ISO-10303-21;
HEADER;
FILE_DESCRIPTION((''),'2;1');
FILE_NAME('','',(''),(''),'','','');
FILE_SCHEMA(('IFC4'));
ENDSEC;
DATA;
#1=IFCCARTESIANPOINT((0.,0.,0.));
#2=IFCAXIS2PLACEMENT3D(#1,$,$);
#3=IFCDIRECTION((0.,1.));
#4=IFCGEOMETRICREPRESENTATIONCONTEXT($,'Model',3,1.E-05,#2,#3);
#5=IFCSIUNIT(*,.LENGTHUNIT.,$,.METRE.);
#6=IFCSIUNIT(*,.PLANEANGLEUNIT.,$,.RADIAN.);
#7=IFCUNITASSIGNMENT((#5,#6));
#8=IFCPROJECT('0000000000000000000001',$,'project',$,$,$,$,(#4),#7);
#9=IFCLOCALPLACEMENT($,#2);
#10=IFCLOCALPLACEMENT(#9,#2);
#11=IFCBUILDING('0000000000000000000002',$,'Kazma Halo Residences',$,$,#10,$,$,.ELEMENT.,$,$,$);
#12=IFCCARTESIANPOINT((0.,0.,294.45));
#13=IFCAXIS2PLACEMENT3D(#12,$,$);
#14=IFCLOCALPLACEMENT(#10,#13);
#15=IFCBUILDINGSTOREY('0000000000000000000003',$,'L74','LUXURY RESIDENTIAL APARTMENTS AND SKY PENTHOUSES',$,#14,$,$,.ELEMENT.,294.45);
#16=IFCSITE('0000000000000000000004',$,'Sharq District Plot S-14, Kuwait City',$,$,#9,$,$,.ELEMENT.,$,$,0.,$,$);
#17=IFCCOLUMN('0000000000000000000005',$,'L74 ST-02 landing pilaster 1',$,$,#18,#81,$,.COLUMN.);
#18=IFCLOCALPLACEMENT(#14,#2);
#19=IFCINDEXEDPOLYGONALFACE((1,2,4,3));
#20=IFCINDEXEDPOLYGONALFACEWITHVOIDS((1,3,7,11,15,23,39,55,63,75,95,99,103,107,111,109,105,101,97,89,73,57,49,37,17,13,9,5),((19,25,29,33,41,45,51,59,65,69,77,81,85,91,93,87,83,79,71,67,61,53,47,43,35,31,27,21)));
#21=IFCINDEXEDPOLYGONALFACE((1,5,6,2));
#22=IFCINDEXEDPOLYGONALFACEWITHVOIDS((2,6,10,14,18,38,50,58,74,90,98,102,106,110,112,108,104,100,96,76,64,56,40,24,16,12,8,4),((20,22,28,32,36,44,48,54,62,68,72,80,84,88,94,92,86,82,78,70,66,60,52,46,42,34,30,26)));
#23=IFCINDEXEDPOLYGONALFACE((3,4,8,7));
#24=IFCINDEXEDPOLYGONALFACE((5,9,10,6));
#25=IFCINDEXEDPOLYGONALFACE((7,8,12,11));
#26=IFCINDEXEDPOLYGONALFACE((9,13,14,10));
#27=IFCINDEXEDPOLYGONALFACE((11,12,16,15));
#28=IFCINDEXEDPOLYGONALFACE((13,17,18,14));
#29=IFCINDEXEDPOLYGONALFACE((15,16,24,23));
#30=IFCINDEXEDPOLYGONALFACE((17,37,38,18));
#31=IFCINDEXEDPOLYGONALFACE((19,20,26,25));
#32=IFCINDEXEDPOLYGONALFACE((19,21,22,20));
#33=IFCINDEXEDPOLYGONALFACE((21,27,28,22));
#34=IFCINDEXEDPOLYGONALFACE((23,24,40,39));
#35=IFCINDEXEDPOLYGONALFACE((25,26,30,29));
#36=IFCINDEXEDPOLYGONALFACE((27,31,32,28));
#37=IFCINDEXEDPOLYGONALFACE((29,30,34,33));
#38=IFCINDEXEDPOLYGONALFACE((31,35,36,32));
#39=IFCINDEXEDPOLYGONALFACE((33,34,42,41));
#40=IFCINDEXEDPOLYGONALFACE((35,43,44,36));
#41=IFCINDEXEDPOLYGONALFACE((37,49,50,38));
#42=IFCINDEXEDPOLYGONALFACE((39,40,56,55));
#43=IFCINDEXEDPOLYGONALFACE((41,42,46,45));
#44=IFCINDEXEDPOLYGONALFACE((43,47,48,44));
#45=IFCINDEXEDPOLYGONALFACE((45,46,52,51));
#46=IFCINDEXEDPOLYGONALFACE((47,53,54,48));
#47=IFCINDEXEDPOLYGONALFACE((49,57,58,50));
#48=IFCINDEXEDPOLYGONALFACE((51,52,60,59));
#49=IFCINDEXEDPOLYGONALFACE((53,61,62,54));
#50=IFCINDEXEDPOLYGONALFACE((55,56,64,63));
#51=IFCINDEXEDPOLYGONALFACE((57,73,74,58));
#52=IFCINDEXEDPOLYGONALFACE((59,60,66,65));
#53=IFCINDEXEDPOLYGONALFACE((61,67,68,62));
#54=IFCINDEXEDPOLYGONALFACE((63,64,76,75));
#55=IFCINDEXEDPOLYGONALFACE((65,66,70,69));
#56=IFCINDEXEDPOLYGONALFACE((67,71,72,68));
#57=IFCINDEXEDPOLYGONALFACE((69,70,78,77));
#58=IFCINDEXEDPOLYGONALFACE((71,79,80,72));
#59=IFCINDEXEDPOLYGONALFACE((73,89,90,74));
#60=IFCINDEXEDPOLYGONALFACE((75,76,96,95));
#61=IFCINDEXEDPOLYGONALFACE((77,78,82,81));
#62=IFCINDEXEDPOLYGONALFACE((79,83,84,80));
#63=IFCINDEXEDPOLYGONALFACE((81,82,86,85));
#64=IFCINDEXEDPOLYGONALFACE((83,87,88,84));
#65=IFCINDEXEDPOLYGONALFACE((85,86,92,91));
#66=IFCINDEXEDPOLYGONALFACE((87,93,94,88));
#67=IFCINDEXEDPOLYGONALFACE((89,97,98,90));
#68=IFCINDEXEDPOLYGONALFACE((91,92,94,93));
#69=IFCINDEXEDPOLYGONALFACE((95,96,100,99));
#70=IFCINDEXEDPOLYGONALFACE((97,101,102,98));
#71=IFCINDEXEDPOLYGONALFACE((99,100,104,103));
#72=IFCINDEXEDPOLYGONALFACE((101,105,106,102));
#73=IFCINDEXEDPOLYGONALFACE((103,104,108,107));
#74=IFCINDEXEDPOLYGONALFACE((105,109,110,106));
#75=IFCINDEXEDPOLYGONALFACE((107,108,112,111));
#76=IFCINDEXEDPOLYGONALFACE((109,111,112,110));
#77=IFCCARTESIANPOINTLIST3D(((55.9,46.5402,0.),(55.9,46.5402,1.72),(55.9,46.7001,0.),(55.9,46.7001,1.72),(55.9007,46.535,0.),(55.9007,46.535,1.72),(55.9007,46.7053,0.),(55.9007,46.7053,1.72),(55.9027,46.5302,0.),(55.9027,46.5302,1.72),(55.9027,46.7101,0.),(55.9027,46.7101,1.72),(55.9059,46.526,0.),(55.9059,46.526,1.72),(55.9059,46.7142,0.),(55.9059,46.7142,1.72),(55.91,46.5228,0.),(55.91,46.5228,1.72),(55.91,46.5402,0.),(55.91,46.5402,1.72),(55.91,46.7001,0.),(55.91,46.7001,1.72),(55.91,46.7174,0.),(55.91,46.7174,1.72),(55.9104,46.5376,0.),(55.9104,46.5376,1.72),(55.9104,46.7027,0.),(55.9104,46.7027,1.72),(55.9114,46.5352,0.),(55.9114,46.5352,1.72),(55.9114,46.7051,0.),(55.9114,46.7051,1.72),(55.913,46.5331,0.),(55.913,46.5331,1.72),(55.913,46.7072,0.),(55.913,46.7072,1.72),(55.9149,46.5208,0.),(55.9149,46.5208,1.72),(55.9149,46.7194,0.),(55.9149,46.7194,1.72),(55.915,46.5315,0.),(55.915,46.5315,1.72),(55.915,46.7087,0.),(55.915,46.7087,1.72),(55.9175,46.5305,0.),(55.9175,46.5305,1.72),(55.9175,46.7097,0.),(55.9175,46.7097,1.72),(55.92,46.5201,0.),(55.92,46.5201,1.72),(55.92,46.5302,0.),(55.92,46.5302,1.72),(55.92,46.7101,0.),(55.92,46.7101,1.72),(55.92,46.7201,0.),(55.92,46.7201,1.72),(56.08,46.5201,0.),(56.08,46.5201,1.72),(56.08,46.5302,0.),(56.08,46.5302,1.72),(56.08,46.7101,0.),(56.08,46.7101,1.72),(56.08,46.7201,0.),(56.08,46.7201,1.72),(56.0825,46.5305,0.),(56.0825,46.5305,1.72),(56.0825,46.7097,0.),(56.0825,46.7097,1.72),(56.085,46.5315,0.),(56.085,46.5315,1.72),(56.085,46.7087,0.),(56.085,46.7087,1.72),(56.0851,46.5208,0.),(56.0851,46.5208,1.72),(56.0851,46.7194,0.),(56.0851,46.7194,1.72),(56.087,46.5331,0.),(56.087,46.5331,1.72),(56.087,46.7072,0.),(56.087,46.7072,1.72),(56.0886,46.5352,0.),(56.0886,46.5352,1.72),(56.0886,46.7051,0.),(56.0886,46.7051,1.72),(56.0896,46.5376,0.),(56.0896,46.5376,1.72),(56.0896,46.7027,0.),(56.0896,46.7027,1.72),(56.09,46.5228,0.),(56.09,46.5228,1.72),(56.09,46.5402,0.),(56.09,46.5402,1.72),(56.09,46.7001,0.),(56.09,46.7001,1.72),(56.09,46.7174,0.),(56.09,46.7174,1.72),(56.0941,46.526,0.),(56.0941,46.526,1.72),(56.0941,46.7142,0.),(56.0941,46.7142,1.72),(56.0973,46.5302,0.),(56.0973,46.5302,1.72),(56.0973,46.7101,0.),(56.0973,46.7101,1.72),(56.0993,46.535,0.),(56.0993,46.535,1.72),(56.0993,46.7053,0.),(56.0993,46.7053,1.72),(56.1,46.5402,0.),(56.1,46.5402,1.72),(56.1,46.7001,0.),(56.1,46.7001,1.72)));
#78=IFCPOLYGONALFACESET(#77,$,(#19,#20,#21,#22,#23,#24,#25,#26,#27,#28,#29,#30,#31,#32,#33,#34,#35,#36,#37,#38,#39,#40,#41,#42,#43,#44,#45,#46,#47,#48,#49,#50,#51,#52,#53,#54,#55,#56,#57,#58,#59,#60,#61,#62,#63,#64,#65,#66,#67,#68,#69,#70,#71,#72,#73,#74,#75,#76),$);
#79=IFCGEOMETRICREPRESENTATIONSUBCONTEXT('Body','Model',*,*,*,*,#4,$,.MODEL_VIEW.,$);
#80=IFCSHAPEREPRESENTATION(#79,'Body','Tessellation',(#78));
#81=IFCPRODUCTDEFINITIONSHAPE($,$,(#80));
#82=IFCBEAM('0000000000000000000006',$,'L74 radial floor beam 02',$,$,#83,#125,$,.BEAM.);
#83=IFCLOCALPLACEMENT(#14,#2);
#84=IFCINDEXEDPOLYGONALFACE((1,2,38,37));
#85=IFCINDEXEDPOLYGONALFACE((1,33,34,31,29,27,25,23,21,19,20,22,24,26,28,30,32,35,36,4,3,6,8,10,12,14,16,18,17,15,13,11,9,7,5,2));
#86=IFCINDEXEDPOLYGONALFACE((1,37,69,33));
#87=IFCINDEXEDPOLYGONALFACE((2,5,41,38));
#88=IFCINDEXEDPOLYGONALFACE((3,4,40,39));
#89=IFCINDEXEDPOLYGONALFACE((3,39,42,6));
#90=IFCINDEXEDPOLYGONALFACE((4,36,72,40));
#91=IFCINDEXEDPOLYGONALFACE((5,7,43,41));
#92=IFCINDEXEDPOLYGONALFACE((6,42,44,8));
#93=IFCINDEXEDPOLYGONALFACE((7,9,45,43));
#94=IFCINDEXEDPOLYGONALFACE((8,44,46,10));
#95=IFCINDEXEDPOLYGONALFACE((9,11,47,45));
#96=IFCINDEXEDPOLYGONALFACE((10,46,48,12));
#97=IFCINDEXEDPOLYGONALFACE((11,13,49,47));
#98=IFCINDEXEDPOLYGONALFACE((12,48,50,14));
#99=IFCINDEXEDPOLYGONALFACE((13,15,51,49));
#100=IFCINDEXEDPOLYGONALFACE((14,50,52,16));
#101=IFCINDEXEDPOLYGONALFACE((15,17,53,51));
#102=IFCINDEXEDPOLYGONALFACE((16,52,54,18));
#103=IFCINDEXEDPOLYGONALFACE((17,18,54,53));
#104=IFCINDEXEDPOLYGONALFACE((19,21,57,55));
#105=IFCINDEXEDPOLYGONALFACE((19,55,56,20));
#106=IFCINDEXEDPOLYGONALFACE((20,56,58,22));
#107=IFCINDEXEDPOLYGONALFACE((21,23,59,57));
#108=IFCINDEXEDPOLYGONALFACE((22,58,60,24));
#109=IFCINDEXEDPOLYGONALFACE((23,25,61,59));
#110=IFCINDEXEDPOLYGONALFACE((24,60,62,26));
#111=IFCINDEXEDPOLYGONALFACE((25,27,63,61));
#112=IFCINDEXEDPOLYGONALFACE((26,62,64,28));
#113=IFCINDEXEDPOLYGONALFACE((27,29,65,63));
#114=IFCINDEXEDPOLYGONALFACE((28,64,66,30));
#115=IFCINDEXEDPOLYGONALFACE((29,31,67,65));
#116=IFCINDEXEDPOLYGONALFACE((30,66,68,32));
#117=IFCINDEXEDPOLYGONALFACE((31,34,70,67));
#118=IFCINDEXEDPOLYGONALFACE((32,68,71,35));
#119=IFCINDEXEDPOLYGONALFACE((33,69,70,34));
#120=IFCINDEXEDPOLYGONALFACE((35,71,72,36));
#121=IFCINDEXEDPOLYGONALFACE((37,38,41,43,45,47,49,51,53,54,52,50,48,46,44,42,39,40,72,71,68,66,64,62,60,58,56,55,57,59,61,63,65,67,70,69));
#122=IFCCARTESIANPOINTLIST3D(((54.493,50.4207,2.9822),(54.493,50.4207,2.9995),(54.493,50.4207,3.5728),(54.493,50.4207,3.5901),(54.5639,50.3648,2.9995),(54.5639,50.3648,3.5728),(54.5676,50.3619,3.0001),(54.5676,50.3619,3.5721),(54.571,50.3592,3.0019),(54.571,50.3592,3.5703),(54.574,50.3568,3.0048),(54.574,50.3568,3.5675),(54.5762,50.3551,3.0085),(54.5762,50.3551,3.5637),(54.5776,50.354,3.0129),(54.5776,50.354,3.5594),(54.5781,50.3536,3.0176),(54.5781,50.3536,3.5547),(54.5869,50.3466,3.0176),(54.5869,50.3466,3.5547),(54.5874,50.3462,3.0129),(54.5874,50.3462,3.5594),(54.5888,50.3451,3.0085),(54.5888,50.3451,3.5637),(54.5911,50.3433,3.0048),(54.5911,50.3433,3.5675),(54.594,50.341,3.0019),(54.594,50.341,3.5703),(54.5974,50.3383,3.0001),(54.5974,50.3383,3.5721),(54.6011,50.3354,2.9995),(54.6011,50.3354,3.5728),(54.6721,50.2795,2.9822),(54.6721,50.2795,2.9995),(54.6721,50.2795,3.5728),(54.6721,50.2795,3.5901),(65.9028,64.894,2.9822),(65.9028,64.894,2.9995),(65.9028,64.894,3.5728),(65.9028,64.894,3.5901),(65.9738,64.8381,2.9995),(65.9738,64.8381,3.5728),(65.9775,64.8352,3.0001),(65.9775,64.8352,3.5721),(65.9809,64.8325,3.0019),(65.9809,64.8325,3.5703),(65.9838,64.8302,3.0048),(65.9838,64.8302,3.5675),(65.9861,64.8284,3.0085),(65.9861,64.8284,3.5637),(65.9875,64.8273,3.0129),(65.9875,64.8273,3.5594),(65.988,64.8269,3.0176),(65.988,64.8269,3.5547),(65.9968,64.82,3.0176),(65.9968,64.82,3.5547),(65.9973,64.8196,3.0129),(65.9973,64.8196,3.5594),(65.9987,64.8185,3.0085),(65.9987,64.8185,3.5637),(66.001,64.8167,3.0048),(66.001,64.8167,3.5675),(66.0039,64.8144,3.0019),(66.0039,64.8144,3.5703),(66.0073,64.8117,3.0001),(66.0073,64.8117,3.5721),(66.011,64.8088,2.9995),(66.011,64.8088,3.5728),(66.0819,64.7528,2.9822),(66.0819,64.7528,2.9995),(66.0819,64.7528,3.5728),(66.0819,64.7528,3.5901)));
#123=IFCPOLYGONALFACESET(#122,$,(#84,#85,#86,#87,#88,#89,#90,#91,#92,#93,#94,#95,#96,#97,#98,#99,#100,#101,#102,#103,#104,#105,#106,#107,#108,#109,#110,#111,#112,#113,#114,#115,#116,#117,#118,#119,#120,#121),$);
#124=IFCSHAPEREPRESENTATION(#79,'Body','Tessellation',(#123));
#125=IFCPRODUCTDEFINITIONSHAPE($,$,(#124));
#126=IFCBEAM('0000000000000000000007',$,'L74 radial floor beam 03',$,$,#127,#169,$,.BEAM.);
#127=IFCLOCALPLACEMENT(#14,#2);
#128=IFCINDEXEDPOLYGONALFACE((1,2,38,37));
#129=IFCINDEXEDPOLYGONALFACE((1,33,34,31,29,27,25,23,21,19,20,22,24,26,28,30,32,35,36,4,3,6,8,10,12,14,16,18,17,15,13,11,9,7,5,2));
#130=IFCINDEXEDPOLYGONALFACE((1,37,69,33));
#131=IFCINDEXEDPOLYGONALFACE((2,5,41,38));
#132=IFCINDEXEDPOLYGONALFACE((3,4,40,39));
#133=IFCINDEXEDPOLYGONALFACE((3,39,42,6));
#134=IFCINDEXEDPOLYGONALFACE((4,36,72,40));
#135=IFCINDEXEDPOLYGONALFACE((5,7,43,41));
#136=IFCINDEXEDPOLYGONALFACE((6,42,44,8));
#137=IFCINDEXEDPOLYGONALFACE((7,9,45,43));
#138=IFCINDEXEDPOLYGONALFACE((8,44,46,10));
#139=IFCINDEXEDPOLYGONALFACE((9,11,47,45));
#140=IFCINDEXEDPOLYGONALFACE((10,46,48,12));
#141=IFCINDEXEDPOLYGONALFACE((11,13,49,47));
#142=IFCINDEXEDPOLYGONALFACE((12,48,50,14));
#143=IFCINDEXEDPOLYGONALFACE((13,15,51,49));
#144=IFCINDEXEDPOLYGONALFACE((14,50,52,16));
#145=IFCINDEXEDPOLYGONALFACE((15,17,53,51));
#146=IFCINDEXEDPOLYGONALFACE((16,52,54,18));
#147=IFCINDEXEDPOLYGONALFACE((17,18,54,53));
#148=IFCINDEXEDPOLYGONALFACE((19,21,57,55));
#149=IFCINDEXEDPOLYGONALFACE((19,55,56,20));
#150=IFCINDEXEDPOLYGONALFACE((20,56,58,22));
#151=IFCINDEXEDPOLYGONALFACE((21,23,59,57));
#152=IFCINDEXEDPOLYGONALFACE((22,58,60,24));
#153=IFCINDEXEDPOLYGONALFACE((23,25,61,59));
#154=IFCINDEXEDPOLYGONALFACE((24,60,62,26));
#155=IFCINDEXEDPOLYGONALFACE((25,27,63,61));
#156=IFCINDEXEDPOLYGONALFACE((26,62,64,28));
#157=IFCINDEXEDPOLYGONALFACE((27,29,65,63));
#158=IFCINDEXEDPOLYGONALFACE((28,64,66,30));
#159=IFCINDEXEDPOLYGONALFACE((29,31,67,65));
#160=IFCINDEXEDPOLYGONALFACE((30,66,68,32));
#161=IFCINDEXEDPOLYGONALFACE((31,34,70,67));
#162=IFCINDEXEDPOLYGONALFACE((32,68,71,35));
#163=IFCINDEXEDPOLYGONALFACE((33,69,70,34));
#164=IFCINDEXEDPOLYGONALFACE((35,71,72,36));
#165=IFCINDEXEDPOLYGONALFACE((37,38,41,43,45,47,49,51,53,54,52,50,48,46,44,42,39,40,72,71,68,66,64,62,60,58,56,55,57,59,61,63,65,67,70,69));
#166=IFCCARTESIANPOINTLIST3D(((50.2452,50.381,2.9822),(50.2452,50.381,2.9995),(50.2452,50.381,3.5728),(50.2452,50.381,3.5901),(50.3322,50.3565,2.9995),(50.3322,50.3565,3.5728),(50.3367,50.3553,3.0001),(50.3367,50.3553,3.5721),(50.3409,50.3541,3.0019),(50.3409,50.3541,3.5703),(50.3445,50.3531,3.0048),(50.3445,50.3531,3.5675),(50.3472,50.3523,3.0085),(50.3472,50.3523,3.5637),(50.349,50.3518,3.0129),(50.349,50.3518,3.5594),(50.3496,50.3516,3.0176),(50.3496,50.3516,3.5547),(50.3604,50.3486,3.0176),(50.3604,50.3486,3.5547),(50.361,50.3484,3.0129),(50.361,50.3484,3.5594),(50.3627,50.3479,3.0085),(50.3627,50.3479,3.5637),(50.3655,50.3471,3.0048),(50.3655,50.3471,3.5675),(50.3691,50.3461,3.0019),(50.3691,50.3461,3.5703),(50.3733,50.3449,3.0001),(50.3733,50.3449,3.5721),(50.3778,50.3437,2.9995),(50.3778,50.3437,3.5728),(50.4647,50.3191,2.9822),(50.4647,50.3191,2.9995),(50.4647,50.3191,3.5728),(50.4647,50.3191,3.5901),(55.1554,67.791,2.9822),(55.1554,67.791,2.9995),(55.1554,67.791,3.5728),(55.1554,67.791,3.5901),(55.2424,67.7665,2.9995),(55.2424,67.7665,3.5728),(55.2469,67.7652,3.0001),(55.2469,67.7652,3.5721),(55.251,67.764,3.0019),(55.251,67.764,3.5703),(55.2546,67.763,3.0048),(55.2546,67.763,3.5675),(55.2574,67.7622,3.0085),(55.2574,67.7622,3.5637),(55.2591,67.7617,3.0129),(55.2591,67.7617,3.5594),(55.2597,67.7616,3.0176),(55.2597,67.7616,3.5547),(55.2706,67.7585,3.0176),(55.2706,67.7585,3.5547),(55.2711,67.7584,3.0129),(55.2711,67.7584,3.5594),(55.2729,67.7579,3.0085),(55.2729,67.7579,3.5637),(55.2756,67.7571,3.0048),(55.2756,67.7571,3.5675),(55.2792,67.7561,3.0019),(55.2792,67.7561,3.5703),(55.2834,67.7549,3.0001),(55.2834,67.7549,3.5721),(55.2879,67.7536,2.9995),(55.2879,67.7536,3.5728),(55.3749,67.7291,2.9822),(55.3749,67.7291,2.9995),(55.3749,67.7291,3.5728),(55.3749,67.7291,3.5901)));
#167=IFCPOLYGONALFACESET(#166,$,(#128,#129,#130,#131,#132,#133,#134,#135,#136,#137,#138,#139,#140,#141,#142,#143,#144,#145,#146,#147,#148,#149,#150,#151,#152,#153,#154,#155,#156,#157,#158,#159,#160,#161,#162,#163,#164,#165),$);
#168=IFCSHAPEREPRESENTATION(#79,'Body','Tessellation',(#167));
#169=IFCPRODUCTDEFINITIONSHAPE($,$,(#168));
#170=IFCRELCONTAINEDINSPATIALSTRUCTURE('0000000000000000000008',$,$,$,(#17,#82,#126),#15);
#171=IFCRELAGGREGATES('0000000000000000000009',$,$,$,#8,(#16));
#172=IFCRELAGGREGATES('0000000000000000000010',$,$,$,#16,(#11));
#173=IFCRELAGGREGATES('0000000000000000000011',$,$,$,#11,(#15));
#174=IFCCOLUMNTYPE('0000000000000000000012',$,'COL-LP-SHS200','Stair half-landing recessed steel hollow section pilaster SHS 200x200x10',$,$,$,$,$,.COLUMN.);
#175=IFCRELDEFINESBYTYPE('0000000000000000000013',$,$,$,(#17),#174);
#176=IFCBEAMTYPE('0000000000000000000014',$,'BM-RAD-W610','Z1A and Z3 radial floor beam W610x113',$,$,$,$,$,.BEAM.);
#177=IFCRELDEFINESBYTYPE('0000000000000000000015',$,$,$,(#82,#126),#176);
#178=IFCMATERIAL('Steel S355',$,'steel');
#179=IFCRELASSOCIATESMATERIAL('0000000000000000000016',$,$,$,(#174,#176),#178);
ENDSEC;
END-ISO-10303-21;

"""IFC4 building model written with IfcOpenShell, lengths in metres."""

from ifc_helpers import new_model, si_unit, direction, frame, origin, origin_2d, place, context, subcontext, project, spatial, hollow_rectangle, i_section, extrude, material, material_profile, profile_set, type_object, element, save


model = new_model("IFC4")

# Units and contexts
model_context = context("Model", 3, precision=1e-05, world=origin(), true_north=direction((0.0, 1.0)))
body_context = subcontext(model_context, "Body", "Model", "MODEL_VIEW")
ifc_project = project(units=[si_unit("LENGTHUNIT", "METRE"), si_unit("PLANEANGLEUNIT", "RADIAN")], contexts=[model_context])

# Site, building, storey
site_placement = place(None, origin())
site = spatial("IfcSite", under=ifc_project, at=site_placement, Name="Sharq District Plot S-14, Kuwait City", CompositionType="ELEMENT", RefElevation=0.0)
building_placement = place(site_placement, origin())
building = spatial("IfcBuilding", under=site, at=building_placement, Name="Kazma Halo Residences", CompositionType="ELEMENT")
storey_placement = place(building_placement, frame((0.0, 0.0, 294.45)))
storey = spatial("IfcBuildingStorey", under=building, at=storey_placement, Name="L74", Description="LUXURY RESIDENTIAL APARTMENTS AND SKY PENTHOUSES", CompositionType="ELEMENT", Elevation=294.45)

# Column
ifc_material_1 = material(Name="Steel S355", Category="steel")
ifc_material_profile_1 = material_profile(ifc_material_1, hollow_rectangle(XDim=0.2, YDim=0.2, WallThickness=0.01, InnerFilletRadius=0.01, OuterFilletRadius=0.02, at=origin_2d()), Name="SHS200x200x10")
ifc_profile_set_1 = profile_set([ifc_material_profile_1], Name="Steel S355")
column_type = type_object("IfcColumnType", Name="COL-LP-SHS200", Description="Stair half-landing recessed steel hollow section pilaster SHS 200x200x10", PredefinedType="COLUMN", material=ifc_profile_set_1)
column_placement = place(storey_placement, frame((56.0, 46.6201, 0.0), z_axis=(0.0, 0.0, 1.0), x_axis=(1.0, 0.0, 0.0)))
element("IfcColumn", 1, at=column_placement, inside=storey, type_object=column_type, Name="L74 ST-02 landing pilaster 1", PredefinedType="COLUMN", context=body_context, shape_type="SweptSolid", body=[
    extrude(hollow_rectangle(XDim=0.2, YDim=0.2, WallThickness=0.01, InnerFilletRadius=0.01, OuterFilletRadius=0.02, at=origin_2d()), origin(), (0.0, 0.0, 1.0), 1.72),
])

# Beams
ifc_material_profile_2 = material_profile(ifc_material_1, i_section(OverallWidth=0.228, OverallDepth=0.6079, WebThickness=0.0112, FlangeThickness=0.0173, FilletRadius=0.0181, at=origin_2d()), Name="W610x113")
ifc_profile_set_2 = profile_set([ifc_material_profile_2], Name="Steel S355")
beam_type_1 = type_object("IfcBeamType", Name="BM-RAD-W610", Description="Z1A and Z3 radial floor beam W610x113", PredefinedType="BEAM", material=ifc_profile_set_2)
beam_1_placement = place(storey_placement, frame((54.5825, 50.3501, 3.2861), z_axis=(0.619094, 0.785317, 0.0), x_axis=(-0.785317, 0.619094, 0.0)))
element("IfcBeam", 2, at=beam_1_placement, inside=storey, type_object=beam_type_1, Name="L74 radial floor beam 02", PredefinedType="BEAM", context=body_context, shape_type="SweptSolid", body=[
    extrude(i_section(OverallWidth=0.228, OverallDepth=0.6079, WebThickness=0.0112, FlangeThickness=0.0173, FilletRadius=0.0181, at=origin_2d()), origin(), (0.0, 0.0, 1.0), 18.4299),
])
beam_2_placement = place(storey_placement, frame((50.355, 50.3501, 3.2861), z_axis=(0.271443, 0.962454, 0.0), x_axis=(-0.962454, 0.271443, 0.0)))
element("IfcBeam", 3, at=beam_2_placement, inside=storey, type_object=beam_type_1, Name="L74 radial floor beam 03", PredefinedType="BEAM", context=body_context, shape_type="SweptSolid", body=[
    extrude(i_section(OverallWidth=0.228, OverallDepth=0.6079, WebThickness=0.0112, FlangeThickness=0.0173, FilletRadius=0.0181, at=origin_2d()), origin(), (0.0, 0.0, 1.0), 18.0891),
])

save(model, "model.ifc")
